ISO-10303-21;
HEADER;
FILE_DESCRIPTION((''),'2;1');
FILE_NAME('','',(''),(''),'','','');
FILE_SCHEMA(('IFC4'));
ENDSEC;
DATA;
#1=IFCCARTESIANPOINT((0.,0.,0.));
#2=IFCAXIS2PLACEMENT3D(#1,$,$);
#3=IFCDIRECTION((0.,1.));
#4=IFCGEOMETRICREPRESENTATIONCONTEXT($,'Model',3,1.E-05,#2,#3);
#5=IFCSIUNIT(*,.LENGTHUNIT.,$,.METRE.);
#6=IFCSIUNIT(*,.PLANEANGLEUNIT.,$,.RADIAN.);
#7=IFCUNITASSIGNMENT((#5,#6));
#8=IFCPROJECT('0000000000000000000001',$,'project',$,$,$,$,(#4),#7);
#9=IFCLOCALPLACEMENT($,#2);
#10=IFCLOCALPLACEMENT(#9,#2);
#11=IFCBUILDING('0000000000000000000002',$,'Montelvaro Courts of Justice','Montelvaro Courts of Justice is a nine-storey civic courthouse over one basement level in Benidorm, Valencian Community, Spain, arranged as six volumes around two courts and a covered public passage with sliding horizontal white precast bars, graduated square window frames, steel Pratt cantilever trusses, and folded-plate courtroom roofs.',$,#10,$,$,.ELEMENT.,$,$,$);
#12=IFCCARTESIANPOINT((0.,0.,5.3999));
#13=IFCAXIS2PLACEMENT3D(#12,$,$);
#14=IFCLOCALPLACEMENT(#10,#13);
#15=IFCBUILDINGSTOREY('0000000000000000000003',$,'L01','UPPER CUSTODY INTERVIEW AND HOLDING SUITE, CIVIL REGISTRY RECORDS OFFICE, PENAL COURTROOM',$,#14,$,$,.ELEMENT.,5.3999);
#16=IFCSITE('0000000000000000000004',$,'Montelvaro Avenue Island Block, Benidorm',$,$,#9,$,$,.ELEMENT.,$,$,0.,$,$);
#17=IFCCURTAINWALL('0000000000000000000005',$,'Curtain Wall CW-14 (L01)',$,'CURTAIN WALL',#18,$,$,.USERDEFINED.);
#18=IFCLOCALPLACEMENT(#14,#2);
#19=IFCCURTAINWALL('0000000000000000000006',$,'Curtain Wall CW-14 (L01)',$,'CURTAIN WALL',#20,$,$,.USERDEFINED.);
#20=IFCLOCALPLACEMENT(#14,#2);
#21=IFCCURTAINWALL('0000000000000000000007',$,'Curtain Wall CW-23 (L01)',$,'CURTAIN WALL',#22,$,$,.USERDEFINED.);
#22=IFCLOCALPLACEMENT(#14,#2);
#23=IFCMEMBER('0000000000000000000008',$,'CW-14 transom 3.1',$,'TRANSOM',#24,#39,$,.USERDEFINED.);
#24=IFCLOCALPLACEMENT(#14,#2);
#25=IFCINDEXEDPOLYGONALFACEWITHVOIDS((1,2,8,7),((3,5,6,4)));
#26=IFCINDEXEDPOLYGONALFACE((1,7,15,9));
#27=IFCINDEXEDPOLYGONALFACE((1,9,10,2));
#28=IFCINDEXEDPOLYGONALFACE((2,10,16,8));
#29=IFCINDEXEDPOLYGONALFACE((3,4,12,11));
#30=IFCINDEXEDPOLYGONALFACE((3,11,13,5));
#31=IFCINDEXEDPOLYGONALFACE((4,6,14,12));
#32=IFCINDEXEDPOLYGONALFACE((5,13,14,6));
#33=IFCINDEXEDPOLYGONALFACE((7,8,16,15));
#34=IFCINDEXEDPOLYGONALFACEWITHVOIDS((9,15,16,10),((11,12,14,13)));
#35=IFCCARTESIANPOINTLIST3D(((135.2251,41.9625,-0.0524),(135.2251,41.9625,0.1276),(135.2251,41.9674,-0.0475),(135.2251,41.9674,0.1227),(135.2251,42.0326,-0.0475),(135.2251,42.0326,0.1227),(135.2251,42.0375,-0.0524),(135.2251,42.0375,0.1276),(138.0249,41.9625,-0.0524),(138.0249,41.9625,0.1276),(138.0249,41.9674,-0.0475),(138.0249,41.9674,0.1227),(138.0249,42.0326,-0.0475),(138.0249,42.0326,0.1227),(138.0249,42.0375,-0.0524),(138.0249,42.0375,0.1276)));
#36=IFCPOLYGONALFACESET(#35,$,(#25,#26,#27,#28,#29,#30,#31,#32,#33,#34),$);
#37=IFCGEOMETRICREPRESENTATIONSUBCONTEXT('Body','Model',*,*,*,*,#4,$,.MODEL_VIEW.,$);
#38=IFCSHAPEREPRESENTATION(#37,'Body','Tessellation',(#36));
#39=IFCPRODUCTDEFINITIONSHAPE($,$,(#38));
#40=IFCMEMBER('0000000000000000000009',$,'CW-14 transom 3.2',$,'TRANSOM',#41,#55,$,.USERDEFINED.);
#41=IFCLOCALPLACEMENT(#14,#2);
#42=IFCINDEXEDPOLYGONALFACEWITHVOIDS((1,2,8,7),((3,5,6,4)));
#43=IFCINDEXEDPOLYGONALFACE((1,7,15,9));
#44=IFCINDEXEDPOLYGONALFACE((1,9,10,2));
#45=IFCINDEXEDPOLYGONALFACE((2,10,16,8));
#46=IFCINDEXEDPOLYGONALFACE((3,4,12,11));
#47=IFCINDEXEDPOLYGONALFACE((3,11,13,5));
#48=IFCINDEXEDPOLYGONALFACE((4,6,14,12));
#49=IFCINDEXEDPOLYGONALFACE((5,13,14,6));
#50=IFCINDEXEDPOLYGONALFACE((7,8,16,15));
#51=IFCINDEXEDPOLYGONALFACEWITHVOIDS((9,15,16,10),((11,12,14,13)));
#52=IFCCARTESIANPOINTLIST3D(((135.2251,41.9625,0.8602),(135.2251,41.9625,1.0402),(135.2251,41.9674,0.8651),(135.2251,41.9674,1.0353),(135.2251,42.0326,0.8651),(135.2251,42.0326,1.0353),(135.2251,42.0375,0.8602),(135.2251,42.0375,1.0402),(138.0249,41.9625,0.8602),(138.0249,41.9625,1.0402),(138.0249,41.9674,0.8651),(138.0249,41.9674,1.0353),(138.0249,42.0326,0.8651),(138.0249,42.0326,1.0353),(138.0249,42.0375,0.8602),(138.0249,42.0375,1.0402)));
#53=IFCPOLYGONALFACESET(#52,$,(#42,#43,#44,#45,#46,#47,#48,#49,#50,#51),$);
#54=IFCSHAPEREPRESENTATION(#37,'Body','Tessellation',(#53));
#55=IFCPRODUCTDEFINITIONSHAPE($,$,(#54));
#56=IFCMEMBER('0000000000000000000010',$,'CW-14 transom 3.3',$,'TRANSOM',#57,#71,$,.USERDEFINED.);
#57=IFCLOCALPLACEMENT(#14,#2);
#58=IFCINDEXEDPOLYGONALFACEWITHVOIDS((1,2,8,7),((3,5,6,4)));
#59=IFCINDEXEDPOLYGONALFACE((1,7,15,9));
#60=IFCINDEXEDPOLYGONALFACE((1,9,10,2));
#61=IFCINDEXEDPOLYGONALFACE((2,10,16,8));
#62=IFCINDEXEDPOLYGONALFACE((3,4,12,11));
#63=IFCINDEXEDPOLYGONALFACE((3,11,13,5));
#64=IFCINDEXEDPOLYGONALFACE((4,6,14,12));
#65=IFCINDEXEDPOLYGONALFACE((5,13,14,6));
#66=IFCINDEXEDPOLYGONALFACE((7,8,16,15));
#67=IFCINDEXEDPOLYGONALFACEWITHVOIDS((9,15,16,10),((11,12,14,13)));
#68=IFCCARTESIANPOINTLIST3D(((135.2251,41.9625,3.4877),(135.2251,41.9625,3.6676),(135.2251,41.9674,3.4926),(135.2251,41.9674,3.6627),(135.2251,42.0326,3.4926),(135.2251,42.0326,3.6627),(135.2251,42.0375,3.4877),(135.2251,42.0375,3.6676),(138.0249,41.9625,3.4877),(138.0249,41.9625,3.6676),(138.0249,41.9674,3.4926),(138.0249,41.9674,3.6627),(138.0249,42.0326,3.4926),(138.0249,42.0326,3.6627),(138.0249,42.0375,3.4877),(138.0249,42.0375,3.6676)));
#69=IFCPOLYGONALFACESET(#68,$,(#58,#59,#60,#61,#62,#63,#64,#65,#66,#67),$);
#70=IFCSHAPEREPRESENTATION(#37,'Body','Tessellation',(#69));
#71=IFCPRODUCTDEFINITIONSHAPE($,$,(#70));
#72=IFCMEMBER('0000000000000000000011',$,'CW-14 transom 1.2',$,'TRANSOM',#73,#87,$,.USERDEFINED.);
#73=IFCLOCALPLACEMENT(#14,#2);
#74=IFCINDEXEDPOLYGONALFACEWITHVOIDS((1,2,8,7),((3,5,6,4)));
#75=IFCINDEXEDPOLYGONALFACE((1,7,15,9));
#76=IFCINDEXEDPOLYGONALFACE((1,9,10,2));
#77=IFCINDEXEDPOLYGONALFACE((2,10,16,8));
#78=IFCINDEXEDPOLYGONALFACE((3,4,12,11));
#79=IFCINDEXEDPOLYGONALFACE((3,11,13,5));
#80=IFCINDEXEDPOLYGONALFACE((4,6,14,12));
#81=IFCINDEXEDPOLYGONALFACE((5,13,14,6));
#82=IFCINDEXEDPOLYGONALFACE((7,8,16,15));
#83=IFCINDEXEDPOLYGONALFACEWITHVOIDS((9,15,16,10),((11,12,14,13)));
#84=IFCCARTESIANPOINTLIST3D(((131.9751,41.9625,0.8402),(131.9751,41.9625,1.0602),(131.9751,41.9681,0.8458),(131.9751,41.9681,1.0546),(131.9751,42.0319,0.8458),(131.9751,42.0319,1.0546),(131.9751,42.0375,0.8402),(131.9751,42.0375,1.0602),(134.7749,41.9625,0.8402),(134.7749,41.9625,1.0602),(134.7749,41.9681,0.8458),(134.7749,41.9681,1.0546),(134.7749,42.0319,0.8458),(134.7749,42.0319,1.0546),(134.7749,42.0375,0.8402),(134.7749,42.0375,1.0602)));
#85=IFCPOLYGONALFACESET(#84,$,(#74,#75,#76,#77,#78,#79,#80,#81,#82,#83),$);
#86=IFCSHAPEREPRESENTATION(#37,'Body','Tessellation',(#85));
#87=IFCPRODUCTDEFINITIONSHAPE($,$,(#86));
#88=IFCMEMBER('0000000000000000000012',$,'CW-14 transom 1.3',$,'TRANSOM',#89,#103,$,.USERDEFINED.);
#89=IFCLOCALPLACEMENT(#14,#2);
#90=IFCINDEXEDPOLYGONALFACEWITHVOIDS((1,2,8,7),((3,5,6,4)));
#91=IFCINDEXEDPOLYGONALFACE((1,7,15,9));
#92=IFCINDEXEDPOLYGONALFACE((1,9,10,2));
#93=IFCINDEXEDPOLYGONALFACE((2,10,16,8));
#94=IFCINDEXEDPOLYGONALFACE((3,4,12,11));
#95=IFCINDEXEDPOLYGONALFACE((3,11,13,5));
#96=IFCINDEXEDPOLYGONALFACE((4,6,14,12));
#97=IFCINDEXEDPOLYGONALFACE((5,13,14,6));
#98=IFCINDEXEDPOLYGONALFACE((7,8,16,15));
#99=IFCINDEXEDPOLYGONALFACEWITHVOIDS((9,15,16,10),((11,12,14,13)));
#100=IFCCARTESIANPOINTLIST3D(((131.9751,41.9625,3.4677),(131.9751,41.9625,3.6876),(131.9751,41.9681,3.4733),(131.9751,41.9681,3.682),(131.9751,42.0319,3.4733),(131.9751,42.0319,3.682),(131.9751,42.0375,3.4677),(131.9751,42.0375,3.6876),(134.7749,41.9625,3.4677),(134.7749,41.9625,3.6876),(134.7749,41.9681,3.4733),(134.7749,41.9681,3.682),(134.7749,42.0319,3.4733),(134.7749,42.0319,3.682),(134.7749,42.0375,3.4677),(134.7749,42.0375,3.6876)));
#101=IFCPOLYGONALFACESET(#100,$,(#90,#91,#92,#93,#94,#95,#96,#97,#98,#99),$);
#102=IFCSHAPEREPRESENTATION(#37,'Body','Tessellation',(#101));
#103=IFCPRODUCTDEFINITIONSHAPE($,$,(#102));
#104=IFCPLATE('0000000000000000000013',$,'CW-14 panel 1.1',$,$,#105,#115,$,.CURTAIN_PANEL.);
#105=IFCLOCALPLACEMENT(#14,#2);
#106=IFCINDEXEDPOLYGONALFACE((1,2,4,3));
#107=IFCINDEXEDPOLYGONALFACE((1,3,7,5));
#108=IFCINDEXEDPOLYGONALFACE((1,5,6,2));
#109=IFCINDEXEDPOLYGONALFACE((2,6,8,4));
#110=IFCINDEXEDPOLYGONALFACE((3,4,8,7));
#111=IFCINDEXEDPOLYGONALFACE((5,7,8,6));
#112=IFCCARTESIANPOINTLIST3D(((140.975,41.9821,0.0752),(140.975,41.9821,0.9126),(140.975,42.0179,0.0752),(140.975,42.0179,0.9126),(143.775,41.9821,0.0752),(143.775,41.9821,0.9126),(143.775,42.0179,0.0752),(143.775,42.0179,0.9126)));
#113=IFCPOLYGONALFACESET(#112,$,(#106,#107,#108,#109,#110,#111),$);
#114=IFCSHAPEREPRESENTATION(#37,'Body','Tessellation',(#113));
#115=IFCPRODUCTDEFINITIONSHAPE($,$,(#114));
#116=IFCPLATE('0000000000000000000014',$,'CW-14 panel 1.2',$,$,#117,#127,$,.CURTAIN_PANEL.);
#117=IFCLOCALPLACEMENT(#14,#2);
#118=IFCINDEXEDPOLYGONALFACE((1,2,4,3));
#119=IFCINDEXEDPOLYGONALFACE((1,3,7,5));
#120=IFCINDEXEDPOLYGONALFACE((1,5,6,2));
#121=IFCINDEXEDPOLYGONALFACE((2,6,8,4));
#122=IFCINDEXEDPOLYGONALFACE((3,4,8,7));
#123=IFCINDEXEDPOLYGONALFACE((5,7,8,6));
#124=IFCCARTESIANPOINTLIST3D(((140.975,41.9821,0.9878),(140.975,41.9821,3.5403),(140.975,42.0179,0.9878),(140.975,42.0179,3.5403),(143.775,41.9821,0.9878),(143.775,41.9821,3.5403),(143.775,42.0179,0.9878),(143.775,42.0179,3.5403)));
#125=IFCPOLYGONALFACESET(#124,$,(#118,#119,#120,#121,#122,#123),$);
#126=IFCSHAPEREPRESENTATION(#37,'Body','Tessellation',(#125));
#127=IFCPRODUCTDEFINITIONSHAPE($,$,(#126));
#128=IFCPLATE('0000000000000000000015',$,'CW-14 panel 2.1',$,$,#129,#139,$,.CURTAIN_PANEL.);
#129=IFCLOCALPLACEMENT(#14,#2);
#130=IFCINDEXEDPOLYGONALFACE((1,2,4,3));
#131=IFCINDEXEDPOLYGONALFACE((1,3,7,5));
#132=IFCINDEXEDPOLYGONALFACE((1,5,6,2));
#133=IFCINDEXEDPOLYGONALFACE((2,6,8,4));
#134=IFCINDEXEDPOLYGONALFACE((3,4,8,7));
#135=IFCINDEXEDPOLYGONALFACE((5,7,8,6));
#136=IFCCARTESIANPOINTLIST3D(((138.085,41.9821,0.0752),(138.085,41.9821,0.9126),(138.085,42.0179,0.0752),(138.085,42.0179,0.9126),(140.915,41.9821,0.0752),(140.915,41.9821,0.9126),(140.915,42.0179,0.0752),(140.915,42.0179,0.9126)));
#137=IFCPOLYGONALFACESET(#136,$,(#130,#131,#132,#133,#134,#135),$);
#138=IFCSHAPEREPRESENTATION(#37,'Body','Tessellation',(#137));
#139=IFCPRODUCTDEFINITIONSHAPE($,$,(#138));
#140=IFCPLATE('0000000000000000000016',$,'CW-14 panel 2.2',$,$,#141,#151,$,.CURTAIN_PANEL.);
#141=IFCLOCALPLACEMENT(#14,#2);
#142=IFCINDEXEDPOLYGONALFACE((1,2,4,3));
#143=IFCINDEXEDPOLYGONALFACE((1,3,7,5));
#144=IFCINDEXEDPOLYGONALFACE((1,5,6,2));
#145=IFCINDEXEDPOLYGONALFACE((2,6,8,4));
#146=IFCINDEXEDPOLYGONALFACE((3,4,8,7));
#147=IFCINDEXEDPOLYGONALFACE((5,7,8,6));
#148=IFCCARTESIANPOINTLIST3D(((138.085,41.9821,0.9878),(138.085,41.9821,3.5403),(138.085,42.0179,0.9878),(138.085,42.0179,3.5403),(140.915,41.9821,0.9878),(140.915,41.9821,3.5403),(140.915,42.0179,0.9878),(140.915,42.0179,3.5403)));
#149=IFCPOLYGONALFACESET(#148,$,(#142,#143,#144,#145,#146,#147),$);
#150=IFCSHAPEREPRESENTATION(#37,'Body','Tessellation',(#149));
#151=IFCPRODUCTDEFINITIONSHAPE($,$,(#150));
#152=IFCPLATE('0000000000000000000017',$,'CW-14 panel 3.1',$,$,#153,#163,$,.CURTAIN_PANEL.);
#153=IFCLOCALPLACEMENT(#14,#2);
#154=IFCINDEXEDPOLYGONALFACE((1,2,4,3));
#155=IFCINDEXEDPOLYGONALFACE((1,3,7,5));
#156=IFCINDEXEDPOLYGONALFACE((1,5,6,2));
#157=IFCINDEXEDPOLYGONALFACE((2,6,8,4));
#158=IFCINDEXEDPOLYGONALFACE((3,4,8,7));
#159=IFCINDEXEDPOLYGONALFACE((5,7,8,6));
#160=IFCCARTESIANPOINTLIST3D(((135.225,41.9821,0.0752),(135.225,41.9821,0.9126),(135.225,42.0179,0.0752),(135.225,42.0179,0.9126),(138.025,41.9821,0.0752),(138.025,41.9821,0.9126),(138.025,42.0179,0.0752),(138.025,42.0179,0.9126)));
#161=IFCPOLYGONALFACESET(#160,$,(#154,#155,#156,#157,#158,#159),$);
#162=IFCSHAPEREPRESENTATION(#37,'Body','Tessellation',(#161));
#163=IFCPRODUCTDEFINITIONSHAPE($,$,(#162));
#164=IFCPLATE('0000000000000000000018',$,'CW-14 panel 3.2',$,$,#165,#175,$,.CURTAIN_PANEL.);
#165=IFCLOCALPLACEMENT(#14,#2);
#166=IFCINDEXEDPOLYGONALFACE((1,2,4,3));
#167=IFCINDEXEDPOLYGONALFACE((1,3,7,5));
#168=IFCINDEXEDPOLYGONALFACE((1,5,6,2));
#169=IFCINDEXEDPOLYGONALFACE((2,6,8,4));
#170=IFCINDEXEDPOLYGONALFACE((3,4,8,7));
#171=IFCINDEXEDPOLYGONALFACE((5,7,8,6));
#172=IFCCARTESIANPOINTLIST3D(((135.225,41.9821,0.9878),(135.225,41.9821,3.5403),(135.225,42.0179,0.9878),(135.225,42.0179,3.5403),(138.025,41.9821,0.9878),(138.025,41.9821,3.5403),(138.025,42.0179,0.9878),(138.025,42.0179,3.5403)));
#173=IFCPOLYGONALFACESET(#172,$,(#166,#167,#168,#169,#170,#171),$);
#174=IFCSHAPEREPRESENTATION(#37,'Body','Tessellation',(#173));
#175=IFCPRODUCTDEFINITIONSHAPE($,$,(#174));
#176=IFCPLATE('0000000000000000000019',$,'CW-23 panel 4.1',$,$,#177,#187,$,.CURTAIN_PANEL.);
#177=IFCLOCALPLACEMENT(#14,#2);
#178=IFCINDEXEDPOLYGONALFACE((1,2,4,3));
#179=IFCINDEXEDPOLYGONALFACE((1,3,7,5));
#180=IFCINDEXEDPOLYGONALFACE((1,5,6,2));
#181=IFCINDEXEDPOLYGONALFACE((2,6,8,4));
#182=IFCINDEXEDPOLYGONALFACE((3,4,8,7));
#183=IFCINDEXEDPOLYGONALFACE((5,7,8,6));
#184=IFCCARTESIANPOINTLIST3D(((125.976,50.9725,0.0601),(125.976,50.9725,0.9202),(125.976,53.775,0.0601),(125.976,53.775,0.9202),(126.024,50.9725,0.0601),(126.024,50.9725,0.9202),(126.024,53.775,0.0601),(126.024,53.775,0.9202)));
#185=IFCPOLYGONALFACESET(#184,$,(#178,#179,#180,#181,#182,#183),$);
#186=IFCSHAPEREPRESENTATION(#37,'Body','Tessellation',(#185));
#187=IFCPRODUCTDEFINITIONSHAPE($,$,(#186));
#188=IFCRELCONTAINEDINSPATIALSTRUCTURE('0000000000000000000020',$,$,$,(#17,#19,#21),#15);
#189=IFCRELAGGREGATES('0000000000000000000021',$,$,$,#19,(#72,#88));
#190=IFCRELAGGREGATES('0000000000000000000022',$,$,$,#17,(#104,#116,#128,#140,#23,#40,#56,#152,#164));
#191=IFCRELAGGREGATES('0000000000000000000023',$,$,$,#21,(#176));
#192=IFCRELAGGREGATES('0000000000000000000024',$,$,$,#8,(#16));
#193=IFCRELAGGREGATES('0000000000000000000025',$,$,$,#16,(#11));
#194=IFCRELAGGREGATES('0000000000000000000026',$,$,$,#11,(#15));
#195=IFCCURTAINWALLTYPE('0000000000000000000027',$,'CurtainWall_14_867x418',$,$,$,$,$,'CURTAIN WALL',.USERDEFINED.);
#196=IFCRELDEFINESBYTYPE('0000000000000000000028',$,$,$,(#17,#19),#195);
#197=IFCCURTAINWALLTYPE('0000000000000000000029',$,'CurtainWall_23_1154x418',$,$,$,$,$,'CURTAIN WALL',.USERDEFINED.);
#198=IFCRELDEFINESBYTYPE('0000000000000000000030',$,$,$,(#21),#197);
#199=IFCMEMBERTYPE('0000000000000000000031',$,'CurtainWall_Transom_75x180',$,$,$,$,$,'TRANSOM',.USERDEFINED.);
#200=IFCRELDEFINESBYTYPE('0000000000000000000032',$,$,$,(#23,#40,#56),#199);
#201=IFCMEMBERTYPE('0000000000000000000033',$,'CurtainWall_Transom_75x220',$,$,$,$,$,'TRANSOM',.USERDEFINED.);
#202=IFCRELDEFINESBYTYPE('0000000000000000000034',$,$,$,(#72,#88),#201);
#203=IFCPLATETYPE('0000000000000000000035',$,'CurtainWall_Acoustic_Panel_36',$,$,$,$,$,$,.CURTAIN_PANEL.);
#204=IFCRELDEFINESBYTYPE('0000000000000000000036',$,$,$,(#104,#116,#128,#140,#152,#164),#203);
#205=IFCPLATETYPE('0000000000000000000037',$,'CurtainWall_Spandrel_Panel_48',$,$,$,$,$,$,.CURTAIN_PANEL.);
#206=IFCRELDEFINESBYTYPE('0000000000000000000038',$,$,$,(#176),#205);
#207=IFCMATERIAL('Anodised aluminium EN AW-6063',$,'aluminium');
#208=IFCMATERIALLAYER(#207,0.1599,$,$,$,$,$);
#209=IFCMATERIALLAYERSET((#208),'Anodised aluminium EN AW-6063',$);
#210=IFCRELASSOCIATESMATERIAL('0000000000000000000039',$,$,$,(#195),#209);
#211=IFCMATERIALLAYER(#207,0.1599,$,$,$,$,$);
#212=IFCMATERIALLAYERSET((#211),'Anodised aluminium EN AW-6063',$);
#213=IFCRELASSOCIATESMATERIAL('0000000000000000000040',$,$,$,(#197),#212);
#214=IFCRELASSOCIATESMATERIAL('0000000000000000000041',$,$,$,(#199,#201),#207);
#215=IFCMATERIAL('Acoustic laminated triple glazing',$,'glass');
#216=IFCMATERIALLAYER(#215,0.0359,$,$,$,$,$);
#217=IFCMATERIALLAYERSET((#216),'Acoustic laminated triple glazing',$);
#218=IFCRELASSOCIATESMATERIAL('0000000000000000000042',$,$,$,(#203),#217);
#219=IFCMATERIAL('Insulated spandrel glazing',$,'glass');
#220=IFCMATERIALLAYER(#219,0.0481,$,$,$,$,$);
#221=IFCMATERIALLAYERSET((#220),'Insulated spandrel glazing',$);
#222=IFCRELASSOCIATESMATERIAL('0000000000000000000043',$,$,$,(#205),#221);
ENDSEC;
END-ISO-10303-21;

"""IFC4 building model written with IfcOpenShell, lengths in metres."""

from ifc_helpers import new_model, si_unit, direction, frame, origin, origin_2d, place, context, subcontext, project, spatial, rectangle, hollow_rectangle, extrude, material, layer, layer_set, material_profile, profile_set, type_object, element, aggregate, save


model = new_model("IFC4")

# Units and contexts
model_context = context("Model", 3, precision=1e-05, world=origin(), true_north=direction((0.0, 1.0)))
body_context = subcontext(model_context, "Body", "Model", "MODEL_VIEW")
ifc_project = project(units=[si_unit("LENGTHUNIT", "METRE"), si_unit("PLANEANGLEUNIT", "RADIAN")], contexts=[model_context])

# Site, building, storey
site_placement = place(None, origin())
site = spatial("IfcSite", under=ifc_project, at=site_placement, Name="Montelvaro Avenue Island Block, Benidorm", CompositionType="ELEMENT", RefElevation=0.0)
building_placement = place(site_placement, origin())
building = spatial("IfcBuilding", under=site, at=building_placement, Name="Montelvaro Courts of Justice", Description="Montelvaro Courts of Justice is a nine-storey civic courthouse over one basement level in Benidorm, Valencian Community, Spain, arranged as six volumes around two courts and a covered public passage with sliding horizontal white precast bars, graduated square window frames, steel Pratt cantilever trusses, and folded-plate courtroom roofs.", CompositionType="ELEMENT")
storey_placement = place(building_placement, frame((0.0, 0.0, 5.3999)))
storey = spatial("IfcBuildingStorey", under=building, at=storey_placement, Name="L01", Description="UPPER CUSTODY INTERVIEW AND HOLDING SUITE, CIVIL REGISTRY RECORDS OFFICE, PENAL COURTROOM", CompositionType="ELEMENT", Elevation=5.3999)

# Curtain wall
ifc_material_1 = material(Name="Anodised aluminium EN AW-6063", Category="aluminium")
ifc_layer_1 = layer(ifc_material_1, 0.1599)
ifc_layer_set_1 = layer_set([ifc_layer_1], Name="Anodised aluminium EN AW-6063")
curtain_wall_type_1 = type_object("IfcCurtainWallType", Name="CurtainWall_14_867x418", ElementType="CURTAIN WALL", PredefinedType="USERDEFINED", material=ifc_layer_set_1)
curtain_wall_1_placement = place(storey_placement, origin())
curtain_wall_1 = element("IfcCurtainWall", 1, at=curtain_wall_1_placement, inside=storey, type_object=curtain_wall_type_1, Name="Curtain Wall CW-14 (L01)", ObjectType="CURTAIN WALL", PredefinedType="USERDEFINED")

# Curtain wall
curtain_wall_2_placement = place(storey_placement, origin())
curtain_wall_2 = element("IfcCurtainWall", 2, at=curtain_wall_2_placement, inside=storey, type_object=curtain_wall_type_1, Name="Curtain Wall CW-14 (L01)", ObjectType="CURTAIN WALL", PredefinedType="USERDEFINED")

# Curtain wall
ifc_layer_2 = layer(ifc_material_1, 0.1599)
ifc_layer_set_2 = layer_set([ifc_layer_2], Name="Anodised aluminium EN AW-6063")
curtain_wall_type_2 = type_object("IfcCurtainWallType", Name="CurtainWall_23_1154x418", ElementType="CURTAIN WALL", PredefinedType="USERDEFINED", material=ifc_layer_set_2)
curtain_wall_3_placement = place(storey_placement, origin())
curtain_wall_3 = element("IfcCurtainWall", 3, at=curtain_wall_3_placement, inside=storey, type_object=curtain_wall_type_2, Name="Curtain Wall CW-23 (L01)", ObjectType="CURTAIN WALL", PredefinedType="USERDEFINED")

# Members
ifc_material_profile_1 = material_profile(ifc_material_1, hollow_rectangle(XDim=0.075, YDim=0.1799, WallThickness=0.0049, at=origin_2d()), Name="ALU-T 75x180")
ifc_profile_set_1 = profile_set([ifc_material_profile_1], Name="Anodised aluminium EN AW-6063")
member_type_1 = type_object("IfcMemberType", Name="CurtainWall_Transom_75x180", ElementType="TRANSOM", PredefinedType="USERDEFINED", material=ifc_profile_set_1)
member_1_placement = place(storey_placement, frame((138.0249, 42.0, 0.0376), z_axis=(-1.0, 0.0, 0.0), x_axis=(0.0, -1.0, 0.0)))
member_1 = element("IfcMember", 4, at=member_1_placement, type_object=member_type_1, Name="CW-14 transom 3.1", ObjectType="TRANSOM", PredefinedType="USERDEFINED", context=body_context, shape_type="SweptSolid", body=[
    extrude(hollow_rectangle(XDim=0.075, YDim=0.1799, WallThickness=0.0049, at=origin_2d()), origin(), (0.0, 0.0, 1.0), 2.7998),
])
member_2_placement = place(storey_placement, frame((138.0249, 42.0, 0.9502), z_axis=(-1.0, 0.0, 0.0), x_axis=(0.0, -1.0, 0.0)))
member_2 = element("IfcMember", 5, at=member_2_placement, type_object=member_type_1, Name="CW-14 transom 3.2", ObjectType="TRANSOM", PredefinedType="USERDEFINED", context=body_context, shape_type="SweptSolid", body=[
    extrude(hollow_rectangle(XDim=0.075, YDim=0.1799, WallThickness=0.0049, at=origin_2d()), origin(), (0.0, 0.0, 1.0), 2.7998),
])
member_3_placement = place(storey_placement, frame((138.0249, 42.0, 3.5776), z_axis=(-1.0, 0.0, 0.0), x_axis=(0.0, -1.0, 0.0)))
member_3 = element("IfcMember", 6, at=member_3_placement, type_object=member_type_1, Name="CW-14 transom 3.3", ObjectType="TRANSOM", PredefinedType="USERDEFINED", context=body_context, shape_type="SweptSolid", body=[
    extrude(hollow_rectangle(XDim=0.075, YDim=0.1799, WallThickness=0.0049, at=origin_2d()), origin(), (0.0, 0.0, 1.0), 2.7998),
])
ifc_material_profile_2 = material_profile(ifc_material_1, hollow_rectangle(XDim=0.075, YDim=0.22, WallThickness=0.0056, at=origin_2d()), Name="ALU-T 75x220")
ifc_profile_set_2 = profile_set([ifc_material_profile_2], Name="Anodised aluminium EN AW-6063")
member_type_2 = type_object("IfcMemberType", Name="CurtainWall_Transom_75x220", ElementType="TRANSOM", PredefinedType="USERDEFINED", material=ifc_profile_set_2)
member_4_placement = place(storey_placement, frame((134.7749, 42.0, 0.9502), z_axis=(-1.0, 0.0, 0.0), x_axis=(0.0, -1.0, 0.0)))
member_4 = element("IfcMember", 7, at=member_4_placement, type_object=member_type_2, Name="CW-14 transom 1.2", ObjectType="TRANSOM", PredefinedType="USERDEFINED", context=body_context, shape_type="SweptSolid", body=[
    extrude(hollow_rectangle(XDim=0.075, YDim=0.22, WallThickness=0.0056, at=origin_2d()), origin(), (0.0, 0.0, 1.0), 2.7998),
])
member_5_placement = place(storey_placement, frame((134.7749, 42.0, 3.5776), z_axis=(-1.0, 0.0, 0.0), x_axis=(0.0, -1.0, 0.0)))
member_5 = element("IfcMember", 8, at=member_5_placement, type_object=member_type_2, Name="CW-14 transom 1.3", ObjectType="TRANSOM", PredefinedType="USERDEFINED", context=body_context, shape_type="SweptSolid", body=[
    extrude(hollow_rectangle(XDim=0.075, YDim=0.22, WallThickness=0.0056, at=origin_2d()), origin(), (0.0, 0.0, 1.0), 2.7998),
])
aggregate(curtain_wall_2, [member_4, member_5])

# Plates
ifc_material_2 = material(Name="Acoustic laminated triple glazing", Category="glass")
ifc_layer_3 = layer(ifc_material_2, 0.0359)
ifc_layer_set_3 = layer_set([ifc_layer_3], Name="Acoustic laminated triple glazing")
plate_type_1 = type_object("IfcPlateType", Name="CurtainWall_Acoustic_Panel_36", PredefinedType="CURTAIN_PANEL", material=ifc_layer_set_3)
plate_1_placement = place(storey_placement, frame((142.375, 42.0, 0.0752), z_axis=(0.0, 0.0, 1.0), x_axis=(-1.0, 0.0, 0.0)))
plate_1 = element("IfcPlate", 9, at=plate_1_placement, type_object=plate_type_1, Name="CW-14 panel 1.1", PredefinedType="CURTAIN_PANEL", context=body_context, shape_type="SweptSolid", body=[
    extrude(rectangle(XDim=2.8, YDim=0.0359, at=origin_2d()), origin(), (0.0, 0.0, 1.0), 0.8374),
])
plate_2_placement = place(storey_placement, frame((142.375, 42.0, 0.9878), z_axis=(0.0, 0.0, 1.0), x_axis=(-1.0, 0.0, 0.0)))
plate_2 = element("IfcPlate", 10, at=plate_2_placement, type_object=plate_type_1, Name="CW-14 panel 1.2", PredefinedType="CURTAIN_PANEL", context=body_context, shape_type="SweptSolid", body=[
    extrude(rectangle(XDim=2.8, YDim=0.0359, at=origin_2d()), origin(), (0.0, 0.0, 1.0), 2.5525),
])
plate_3_placement = place(storey_placement, frame((139.5, 42.0, 0.0752), z_axis=(0.0, 0.0, 1.0), x_axis=(-1.0, 0.0, 0.0)))
plate_3 = element("IfcPlate", 11, at=plate_3_placement, type_object=plate_type_1, Name="CW-14 panel 2.1", PredefinedType="CURTAIN_PANEL", context=body_context, shape_type="SweptSolid", body=[
    extrude(rectangle(XDim=2.8301, YDim=0.0359, at=origin_2d()), origin(), (0.0, 0.0, 1.0), 0.8374),
])
plate_4_placement = place(storey_placement, frame((139.5, 42.0, 0.9878), z_axis=(0.0, 0.0, 1.0), x_axis=(-1.0, 0.0, 0.0)))
plate_4 = element("IfcPlate", 12, at=plate_4_placement, type_object=plate_type_1, Name="CW-14 panel 2.2", PredefinedType="CURTAIN_PANEL", context=body_context, shape_type="SweptSolid", body=[
    extrude(rectangle(XDim=2.8301, YDim=0.0359, at=origin_2d()), origin(), (0.0, 0.0, 1.0), 2.5525),
])
plate_5_placement = place(storey_placement, frame((136.625, 42.0, 0.0752), z_axis=(0.0, 0.0, 1.0), x_axis=(-1.0, 0.0, 0.0)))
plate_5 = element("IfcPlate", 13, at=plate_5_placement, type_object=plate_type_1, Name="CW-14 panel 3.1", PredefinedType="CURTAIN_PANEL", context=body_context, shape_type="SweptSolid", body=[
    extrude(rectangle(XDim=2.8, YDim=0.0359, at=origin_2d()), origin(), (0.0, 0.0, 1.0), 0.8374),
])
plate_6_placement = place(storey_placement, frame((136.625, 42.0, 0.9878), z_axis=(0.0, 0.0, 1.0), x_axis=(-1.0, 0.0, 0.0)))
plate_6 = element("IfcPlate", 14, at=plate_6_placement, type_object=plate_type_1, Name="CW-14 panel 3.2", PredefinedType="CURTAIN_PANEL", context=body_context, shape_type="SweptSolid", body=[
    extrude(rectangle(XDim=2.8, YDim=0.0359, at=origin_2d()), origin(), (0.0, 0.0, 1.0), 2.5525),
])
aggregate(curtain_wall_1, [plate_1, plate_2, plate_3, plate_4, member_1, member_2, member_3, plate_5, plate_6])
ifc_material_3 = material(Name="Insulated spandrel glazing", Category="glass")
ifc_layer_4 = layer(ifc_material_3, 0.0481)
ifc_layer_set_4 = layer_set([ifc_layer_4], Name="Insulated spandrel glazing")
plate_type_2 = type_object("IfcPlateType", Name="CurtainWall_Spandrel_Panel_48", PredefinedType="CURTAIN_PANEL", material=ifc_layer_set_4)
plate_7_placement = place(storey_placement, frame((126.0, 52.3738, 0.0601), z_axis=(0.0, 0.0, 1.0), x_axis=(0.0, 1.0, 0.0)))
plate_7 = element("IfcPlate", 15, at=plate_7_placement, type_object=plate_type_2, Name="CW-23 panel 4.1", PredefinedType="CURTAIN_PANEL", context=body_context, shape_type="SweptSolid", body=[
    extrude(rectangle(XDim=2.8025, YDim=0.0481, at=origin_2d()), origin(), (0.0, 0.0, 1.0), 0.8601),
])
aggregate(curtain_wall_3, [plate_7])

save(model, "model.ifc")
